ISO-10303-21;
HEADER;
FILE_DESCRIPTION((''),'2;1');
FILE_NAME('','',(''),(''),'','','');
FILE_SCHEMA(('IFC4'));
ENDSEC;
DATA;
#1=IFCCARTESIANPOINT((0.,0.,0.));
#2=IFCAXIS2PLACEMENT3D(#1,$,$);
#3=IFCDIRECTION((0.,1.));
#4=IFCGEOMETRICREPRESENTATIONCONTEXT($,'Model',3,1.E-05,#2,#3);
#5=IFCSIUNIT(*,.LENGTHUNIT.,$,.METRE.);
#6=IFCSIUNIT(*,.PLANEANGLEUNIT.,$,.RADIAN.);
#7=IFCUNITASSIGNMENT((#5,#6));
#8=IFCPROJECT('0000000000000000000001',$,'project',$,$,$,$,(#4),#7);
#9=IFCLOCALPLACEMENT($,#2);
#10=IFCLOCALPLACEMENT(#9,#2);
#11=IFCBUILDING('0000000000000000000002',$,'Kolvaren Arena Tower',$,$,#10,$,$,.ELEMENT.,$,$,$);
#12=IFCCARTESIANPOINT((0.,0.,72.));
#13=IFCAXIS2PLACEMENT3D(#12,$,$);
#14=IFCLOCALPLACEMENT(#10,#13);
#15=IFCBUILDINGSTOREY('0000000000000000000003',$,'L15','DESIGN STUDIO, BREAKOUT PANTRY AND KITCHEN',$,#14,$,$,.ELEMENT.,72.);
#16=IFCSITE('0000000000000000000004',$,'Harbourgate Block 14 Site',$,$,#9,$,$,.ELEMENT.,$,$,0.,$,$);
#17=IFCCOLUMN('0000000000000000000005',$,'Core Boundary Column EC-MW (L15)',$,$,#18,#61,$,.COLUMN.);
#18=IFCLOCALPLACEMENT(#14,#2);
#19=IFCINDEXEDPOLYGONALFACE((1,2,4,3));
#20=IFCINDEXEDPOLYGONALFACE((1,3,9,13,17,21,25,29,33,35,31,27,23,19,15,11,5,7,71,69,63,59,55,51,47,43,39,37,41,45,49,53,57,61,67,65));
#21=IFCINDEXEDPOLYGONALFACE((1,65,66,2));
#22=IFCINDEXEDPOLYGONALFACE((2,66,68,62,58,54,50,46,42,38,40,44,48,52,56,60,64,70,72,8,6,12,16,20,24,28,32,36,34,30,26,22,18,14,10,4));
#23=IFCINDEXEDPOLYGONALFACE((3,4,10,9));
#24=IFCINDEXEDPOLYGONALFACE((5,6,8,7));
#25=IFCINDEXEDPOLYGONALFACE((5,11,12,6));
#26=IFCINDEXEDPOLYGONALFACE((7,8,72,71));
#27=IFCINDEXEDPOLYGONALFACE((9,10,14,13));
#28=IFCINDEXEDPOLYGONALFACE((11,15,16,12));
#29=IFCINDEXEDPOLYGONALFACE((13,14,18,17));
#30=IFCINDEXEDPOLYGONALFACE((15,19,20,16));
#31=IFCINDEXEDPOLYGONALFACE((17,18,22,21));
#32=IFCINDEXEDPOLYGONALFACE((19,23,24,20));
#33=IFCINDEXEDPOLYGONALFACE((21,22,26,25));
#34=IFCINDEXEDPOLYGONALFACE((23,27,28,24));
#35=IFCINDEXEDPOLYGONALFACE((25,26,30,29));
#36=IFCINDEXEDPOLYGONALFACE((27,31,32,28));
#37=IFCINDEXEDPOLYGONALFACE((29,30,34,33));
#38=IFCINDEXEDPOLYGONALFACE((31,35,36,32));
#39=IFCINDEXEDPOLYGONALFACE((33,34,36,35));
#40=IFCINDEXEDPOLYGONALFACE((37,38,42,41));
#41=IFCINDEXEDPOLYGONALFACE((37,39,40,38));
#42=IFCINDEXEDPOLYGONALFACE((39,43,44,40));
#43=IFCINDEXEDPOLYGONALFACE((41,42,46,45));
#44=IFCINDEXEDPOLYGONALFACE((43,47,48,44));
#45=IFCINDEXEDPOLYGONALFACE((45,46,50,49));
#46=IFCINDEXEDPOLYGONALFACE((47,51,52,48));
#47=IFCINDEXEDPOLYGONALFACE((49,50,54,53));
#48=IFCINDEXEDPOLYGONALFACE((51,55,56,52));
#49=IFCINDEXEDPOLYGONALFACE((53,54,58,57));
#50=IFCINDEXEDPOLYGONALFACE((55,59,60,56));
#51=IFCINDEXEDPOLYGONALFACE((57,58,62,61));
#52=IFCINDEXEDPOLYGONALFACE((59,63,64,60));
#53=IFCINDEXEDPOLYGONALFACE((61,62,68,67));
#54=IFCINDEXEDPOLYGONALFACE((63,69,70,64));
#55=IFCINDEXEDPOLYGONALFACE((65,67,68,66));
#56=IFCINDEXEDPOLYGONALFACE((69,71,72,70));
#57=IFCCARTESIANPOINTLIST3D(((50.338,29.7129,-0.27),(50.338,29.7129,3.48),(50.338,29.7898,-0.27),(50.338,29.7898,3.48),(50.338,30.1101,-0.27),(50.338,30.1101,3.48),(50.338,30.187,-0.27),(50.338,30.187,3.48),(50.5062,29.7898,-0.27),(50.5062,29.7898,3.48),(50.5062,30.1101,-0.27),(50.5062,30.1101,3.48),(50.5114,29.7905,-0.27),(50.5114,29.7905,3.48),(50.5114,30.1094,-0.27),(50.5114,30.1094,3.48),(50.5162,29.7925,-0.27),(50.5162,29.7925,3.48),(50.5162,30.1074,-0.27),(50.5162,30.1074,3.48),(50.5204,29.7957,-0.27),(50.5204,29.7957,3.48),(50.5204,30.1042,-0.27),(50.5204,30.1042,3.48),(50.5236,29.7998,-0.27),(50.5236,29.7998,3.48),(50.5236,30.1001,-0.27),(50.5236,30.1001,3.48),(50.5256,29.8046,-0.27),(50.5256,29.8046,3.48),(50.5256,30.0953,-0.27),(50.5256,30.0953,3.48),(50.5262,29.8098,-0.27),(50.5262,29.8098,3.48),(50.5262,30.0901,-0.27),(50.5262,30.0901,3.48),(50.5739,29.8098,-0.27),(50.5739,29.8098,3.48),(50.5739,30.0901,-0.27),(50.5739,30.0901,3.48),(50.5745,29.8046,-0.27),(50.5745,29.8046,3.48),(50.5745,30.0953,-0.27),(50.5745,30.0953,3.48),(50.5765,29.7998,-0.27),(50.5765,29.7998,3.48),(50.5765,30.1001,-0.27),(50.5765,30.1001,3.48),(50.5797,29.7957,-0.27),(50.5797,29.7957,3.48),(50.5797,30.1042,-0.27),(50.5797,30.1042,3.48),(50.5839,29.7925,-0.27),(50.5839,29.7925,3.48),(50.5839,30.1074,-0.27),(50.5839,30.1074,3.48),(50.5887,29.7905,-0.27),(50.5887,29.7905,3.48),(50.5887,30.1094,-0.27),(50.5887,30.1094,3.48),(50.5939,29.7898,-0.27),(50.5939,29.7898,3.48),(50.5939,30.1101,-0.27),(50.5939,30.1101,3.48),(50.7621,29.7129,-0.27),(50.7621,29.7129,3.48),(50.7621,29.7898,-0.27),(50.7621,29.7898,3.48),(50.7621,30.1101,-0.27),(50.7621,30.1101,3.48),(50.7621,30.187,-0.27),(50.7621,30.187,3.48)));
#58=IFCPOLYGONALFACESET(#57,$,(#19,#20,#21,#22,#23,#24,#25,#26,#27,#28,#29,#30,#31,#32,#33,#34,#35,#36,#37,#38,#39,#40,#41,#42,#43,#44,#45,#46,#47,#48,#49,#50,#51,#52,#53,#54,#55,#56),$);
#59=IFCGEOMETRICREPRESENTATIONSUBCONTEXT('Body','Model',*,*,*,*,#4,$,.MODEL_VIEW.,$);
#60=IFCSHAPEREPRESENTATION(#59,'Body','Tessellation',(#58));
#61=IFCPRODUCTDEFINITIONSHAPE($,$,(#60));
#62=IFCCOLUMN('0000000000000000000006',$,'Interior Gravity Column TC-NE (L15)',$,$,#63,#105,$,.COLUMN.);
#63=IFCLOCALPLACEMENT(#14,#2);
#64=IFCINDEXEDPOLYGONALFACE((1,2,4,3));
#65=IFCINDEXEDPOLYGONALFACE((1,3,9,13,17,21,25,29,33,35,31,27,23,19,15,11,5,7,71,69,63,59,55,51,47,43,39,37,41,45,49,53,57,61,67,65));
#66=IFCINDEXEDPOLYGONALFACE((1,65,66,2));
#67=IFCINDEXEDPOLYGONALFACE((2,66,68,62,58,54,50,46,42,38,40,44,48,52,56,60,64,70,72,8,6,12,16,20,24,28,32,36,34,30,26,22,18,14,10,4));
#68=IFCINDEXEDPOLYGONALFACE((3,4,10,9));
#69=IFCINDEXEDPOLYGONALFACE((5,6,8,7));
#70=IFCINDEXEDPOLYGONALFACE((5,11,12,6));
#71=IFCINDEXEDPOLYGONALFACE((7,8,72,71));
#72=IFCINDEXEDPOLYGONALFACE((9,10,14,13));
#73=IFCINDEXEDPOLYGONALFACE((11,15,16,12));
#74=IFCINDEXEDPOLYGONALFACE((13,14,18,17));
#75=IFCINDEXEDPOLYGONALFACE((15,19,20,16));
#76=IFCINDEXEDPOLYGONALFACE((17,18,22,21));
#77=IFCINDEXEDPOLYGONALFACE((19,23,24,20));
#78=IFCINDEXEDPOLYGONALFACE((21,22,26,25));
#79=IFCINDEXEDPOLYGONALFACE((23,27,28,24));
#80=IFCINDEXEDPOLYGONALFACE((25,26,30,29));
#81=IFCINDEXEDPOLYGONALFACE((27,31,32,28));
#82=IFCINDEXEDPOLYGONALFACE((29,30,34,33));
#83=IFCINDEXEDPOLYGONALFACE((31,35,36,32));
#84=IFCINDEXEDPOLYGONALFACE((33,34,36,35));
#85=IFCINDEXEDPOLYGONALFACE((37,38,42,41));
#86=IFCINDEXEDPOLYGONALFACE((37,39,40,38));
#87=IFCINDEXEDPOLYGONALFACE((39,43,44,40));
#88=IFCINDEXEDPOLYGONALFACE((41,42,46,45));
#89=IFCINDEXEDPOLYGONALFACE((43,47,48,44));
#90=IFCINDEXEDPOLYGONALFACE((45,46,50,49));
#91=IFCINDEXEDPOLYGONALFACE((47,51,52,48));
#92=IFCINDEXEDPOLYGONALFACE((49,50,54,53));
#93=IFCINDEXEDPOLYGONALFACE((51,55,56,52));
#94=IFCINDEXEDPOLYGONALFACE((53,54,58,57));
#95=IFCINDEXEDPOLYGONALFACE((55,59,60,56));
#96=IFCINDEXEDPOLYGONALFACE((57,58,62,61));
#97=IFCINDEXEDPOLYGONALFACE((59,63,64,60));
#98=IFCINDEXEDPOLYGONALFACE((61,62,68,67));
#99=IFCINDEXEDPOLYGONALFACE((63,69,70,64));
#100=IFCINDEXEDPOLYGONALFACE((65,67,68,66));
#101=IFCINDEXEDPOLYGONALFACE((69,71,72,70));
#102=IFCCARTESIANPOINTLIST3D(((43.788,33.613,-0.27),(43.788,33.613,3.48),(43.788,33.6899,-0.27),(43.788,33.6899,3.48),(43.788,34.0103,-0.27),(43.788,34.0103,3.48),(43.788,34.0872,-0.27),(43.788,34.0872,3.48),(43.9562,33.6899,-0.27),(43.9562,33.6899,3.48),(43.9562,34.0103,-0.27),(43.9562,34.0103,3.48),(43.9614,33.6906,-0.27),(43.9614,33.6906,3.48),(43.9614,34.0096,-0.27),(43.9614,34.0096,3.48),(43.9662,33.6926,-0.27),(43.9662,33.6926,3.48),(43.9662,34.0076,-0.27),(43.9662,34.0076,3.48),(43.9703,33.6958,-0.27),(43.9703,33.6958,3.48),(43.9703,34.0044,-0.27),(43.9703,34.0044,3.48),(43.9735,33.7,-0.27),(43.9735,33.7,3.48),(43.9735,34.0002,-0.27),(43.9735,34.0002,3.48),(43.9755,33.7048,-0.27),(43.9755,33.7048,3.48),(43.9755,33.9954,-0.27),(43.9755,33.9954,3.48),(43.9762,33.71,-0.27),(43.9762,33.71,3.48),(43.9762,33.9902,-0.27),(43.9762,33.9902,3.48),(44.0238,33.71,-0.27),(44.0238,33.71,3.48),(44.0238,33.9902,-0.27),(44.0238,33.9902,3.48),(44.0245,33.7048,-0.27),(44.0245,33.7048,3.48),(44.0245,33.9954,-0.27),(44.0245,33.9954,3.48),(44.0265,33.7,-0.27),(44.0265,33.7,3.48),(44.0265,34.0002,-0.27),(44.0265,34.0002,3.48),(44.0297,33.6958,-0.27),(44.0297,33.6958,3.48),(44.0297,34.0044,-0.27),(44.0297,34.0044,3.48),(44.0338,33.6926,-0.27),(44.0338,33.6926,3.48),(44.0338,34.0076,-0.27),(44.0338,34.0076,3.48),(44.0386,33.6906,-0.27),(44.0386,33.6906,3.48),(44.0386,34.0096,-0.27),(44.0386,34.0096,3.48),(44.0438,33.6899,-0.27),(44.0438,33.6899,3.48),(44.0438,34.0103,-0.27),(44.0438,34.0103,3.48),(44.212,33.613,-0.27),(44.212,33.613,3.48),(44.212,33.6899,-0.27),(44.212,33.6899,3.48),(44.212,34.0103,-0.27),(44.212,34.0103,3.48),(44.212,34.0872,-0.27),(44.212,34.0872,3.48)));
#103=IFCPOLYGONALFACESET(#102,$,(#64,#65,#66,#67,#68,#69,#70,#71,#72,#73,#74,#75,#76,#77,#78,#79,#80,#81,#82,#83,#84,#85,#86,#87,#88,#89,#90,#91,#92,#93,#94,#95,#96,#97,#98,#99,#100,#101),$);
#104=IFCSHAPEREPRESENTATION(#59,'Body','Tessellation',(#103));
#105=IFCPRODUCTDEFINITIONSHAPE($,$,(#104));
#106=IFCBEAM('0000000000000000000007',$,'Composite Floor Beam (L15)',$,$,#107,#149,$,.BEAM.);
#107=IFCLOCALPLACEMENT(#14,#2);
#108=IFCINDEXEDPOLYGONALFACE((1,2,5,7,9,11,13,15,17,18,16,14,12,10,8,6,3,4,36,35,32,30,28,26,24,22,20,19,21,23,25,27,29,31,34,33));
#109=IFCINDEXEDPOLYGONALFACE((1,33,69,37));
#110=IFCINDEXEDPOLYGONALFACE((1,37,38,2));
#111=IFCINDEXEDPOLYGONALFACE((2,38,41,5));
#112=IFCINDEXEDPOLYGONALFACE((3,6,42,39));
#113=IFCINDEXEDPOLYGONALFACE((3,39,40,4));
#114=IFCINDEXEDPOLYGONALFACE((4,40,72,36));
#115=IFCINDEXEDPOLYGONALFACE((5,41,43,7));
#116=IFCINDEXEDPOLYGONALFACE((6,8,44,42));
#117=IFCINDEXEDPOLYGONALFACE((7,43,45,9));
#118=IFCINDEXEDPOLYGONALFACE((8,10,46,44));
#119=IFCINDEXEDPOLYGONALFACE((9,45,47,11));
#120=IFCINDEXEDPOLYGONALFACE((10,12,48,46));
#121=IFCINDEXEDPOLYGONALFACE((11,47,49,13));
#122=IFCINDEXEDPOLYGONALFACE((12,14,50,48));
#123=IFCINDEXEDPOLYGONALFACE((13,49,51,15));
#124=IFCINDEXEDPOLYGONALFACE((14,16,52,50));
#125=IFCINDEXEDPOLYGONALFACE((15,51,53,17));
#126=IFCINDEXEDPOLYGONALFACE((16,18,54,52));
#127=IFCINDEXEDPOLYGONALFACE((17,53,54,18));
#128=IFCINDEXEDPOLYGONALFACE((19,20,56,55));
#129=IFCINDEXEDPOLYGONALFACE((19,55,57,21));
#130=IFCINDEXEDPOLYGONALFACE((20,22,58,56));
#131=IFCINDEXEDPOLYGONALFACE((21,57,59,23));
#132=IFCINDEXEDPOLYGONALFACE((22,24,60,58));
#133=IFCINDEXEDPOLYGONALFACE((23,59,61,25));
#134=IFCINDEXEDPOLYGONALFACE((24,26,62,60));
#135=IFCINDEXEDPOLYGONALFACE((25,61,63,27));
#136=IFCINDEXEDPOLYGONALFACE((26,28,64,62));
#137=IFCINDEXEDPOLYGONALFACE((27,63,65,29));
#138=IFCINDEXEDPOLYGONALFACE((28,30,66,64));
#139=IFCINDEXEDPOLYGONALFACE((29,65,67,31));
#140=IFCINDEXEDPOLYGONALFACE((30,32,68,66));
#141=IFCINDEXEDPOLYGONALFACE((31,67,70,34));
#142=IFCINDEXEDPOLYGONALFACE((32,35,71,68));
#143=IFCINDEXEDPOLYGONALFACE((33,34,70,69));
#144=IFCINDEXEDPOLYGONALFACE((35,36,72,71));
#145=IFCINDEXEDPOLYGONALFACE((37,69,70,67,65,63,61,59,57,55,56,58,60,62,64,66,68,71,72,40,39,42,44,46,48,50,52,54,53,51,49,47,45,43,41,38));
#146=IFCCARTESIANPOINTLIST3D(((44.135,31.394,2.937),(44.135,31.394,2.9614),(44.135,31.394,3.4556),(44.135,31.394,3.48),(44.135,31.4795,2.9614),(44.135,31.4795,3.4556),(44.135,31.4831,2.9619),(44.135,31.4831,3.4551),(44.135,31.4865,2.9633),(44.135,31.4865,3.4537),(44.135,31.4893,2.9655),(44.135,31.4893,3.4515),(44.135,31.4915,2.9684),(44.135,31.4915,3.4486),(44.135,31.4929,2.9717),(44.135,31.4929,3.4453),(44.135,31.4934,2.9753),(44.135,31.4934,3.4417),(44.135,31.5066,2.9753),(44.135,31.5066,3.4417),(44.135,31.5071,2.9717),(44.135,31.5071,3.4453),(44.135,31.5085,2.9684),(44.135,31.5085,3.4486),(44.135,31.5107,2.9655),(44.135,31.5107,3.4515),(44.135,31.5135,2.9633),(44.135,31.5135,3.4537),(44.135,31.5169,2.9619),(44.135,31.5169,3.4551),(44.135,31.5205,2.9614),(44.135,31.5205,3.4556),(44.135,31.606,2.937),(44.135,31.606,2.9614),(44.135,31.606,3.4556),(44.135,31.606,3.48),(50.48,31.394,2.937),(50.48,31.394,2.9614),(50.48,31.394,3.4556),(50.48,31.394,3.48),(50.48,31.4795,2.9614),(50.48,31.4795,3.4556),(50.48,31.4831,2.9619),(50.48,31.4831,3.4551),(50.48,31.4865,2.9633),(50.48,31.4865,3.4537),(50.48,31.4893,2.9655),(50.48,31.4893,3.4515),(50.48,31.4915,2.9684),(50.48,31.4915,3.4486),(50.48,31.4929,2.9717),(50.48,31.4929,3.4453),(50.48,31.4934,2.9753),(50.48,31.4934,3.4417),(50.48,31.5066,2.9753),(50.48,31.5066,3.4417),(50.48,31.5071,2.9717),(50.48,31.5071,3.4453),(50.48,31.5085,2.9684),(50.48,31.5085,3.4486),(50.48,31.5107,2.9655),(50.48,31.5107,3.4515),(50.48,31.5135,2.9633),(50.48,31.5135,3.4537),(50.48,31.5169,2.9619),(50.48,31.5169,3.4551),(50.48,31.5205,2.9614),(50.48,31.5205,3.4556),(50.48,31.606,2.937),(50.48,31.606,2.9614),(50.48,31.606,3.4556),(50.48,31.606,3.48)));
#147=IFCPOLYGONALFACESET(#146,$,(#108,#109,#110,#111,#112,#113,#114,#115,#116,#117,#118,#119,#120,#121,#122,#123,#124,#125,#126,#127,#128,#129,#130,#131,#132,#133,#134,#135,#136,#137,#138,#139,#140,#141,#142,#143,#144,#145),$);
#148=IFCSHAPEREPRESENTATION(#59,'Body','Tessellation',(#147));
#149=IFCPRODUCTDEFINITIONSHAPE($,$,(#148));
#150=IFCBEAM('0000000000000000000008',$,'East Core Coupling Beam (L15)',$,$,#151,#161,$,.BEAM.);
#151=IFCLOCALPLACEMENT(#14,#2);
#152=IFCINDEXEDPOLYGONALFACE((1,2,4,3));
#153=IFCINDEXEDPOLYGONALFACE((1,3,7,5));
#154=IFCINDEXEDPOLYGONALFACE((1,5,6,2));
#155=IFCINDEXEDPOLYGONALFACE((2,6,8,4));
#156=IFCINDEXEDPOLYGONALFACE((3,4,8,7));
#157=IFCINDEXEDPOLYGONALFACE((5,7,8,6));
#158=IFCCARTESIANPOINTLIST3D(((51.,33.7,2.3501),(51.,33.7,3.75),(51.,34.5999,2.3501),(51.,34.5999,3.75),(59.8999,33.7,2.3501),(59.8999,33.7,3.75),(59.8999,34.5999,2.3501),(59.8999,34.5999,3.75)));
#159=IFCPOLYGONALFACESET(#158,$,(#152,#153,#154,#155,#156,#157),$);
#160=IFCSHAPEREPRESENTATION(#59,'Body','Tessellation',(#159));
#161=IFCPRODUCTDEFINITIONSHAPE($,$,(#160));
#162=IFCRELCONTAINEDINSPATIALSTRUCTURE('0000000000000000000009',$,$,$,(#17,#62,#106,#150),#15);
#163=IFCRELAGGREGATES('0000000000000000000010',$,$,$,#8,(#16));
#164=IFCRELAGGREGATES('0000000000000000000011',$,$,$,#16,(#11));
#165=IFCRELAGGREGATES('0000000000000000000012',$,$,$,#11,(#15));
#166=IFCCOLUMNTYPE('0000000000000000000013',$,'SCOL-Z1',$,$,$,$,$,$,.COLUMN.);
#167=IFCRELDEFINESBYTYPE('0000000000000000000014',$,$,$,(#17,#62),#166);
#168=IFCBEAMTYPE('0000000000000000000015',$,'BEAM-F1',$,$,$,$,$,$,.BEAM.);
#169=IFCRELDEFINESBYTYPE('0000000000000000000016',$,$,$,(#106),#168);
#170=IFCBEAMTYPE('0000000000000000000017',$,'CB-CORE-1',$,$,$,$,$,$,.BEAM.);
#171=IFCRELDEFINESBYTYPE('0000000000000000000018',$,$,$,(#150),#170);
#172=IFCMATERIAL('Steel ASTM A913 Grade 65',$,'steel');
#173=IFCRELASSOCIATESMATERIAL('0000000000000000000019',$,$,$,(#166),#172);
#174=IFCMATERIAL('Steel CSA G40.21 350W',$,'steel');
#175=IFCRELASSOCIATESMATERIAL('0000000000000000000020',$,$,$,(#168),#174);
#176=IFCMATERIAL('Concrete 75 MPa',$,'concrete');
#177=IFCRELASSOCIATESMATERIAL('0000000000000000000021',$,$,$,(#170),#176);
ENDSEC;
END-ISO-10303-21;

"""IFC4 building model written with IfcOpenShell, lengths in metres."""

from ifc_helpers import new_model, si_unit, direction, frame, origin, origin_2d, place, context, subcontext, project, spatial, rectangle, i_section, extrude, material, material_profile, profile_set, type_object, element, save


model = new_model("IFC4")

# Units and contexts
model_context = context("Model", 3, precision=1e-05, world=origin(), true_north=direction((0.0, 1.0)))
body_context = subcontext(model_context, "Body", "Model", "MODEL_VIEW")
ifc_project = project(units=[si_unit("LENGTHUNIT", "METRE"), si_unit("PLANEANGLEUNIT", "RADIAN")], contexts=[model_context])

# Site, building, storey
site_placement = place(None, origin())
site = spatial("IfcSite", under=ifc_project, at=site_placement, Name="Harbourgate Block 14 Site", CompositionType="ELEMENT", RefElevation=0.0)
building_placement = place(site_placement, origin())
building = spatial("IfcBuilding", under=site, at=building_placement, Name="Kolvaren Arena Tower", CompositionType="ELEMENT")
storey_placement = place(building_placement, frame((0.0, 0.0, 72.0)))
storey = spatial("IfcBuildingStorey", under=building, at=storey_placement, Name="L15", Description="DESIGN STUDIO, BREAKOUT PANTRY AND KITCHEN", CompositionType="ELEMENT", Elevation=72.0)

# Columns
ifc_material_1 = material(Name="Steel ASTM A913 Grade 65", Category="steel")
ifc_material_profile_1 = material_profile(ifc_material_1, i_section(OverallWidth=0.4241, OverallDepth=0.4741, WebThickness=0.0476, FlangeThickness=0.0769, FilletRadius=0.02, at=origin_2d()), Name="W360x634")
ifc_profile_set_1 = profile_set([ifc_material_profile_1], Name="Steel ASTM A913 Grade 65")
column_type = type_object("IfcColumnType", Name="SCOL-Z1", PredefinedType="COLUMN", material=ifc_profile_set_1)
for number, where, z_axis, x_axis, name in (
    (1, (50.55, 29.95, -0.27), (0.0, 0.0, 1.0), (1.0, 0.0, 0.0), "Core Boundary Column EC-MW (L15)"),
    (2, (44.0, 33.8501, -0.27), (0.0, 0.0, 1.0), (1.0, 0.0, 0.0), "Interior Gravity Column TC-NE (L15)"),
):
    element("IfcColumn", number, at=place(storey_placement, frame(where, z_axis=z_axis, x_axis=x_axis)), inside=storey, type_object=column_type, Name=name, PredefinedType="COLUMN", context=body_context, shape_type="SweptSolid", body=[
        extrude(i_section(OverallWidth=0.4241, OverallDepth=0.4741, WebThickness=0.0476, FlangeThickness=0.0769, FilletRadius=0.02, at=origin_2d()), origin(), (0.0, 0.0, 1.0), 3.75),
    ])

# Beams
ifc_material_2 = material(Name="Steel CSA G40.21 350W", Category="steel")
ifc_material_profile_2 = material_profile(ifc_material_2, i_section(OverallWidth=0.2119, OverallDepth=0.543, WebThickness=0.0132, FlangeThickness=0.0244, FilletRadius=0.0139, at=origin_2d()), Name="W530x150")
ifc_profile_set_2 = profile_set([ifc_material_profile_2], Name="Steel CSA G40.21 350W")
beam_type_1 = type_object("IfcBeamType", Name="BEAM-F1", PredefinedType="BEAM", material=ifc_profile_set_2)
beam_1_placement = place(storey_placement, frame((44.135, 31.5, 3.2085), z_axis=(1.0, 0.0, 0.0), x_axis=(0.0, 1.0, 0.0)))
element("IfcBeam", 3, at=beam_1_placement, inside=storey, type_object=beam_type_1, Name="Composite Floor Beam (L15)", PredefinedType="BEAM", context=body_context, shape_type="SweptSolid", body=[
    extrude(i_section(OverallWidth=0.2119, OverallDepth=0.543, WebThickness=0.0132, FlangeThickness=0.0244, FilletRadius=0.0139, at=origin_2d()), origin(), (0.0, 0.0, 1.0), 6.345),
])
ifc_material_3 = material(Name="Concrete 75 MPa", Category="concrete")
ifc_material_profile_3 = material_profile(ifc_material_3, rectangle(XDim=0.8999, YDim=1.3999, at=origin_2d()), Name="RC-900x1400")
ifc_profile_set_3 = profile_set([ifc_material_profile_3], Name="Concrete 75 MPa")
beam_type_2 = type_object("IfcBeamType", Name="CB-CORE-1", PredefinedType="BEAM", material=ifc_profile_set_3)
beam_2_placement = place(storey_placement, frame((51.0, 34.1499, 3.05), z_axis=(1.0, 0.0, 0.0), x_axis=(0.0, 1.0, 0.0)))
element("IfcBeam", 4, at=beam_2_placement, inside=storey, type_object=beam_type_2, Name="East Core Coupling Beam (L15)", PredefinedType="BEAM", context=body_context, shape_type="SweptSolid", body=[
    extrude(rectangle(XDim=0.8999, YDim=1.3999, at=origin_2d()), origin(), (0.0, 0.0, 1.0), 8.8999),
])

save(model, "model.ifc")
